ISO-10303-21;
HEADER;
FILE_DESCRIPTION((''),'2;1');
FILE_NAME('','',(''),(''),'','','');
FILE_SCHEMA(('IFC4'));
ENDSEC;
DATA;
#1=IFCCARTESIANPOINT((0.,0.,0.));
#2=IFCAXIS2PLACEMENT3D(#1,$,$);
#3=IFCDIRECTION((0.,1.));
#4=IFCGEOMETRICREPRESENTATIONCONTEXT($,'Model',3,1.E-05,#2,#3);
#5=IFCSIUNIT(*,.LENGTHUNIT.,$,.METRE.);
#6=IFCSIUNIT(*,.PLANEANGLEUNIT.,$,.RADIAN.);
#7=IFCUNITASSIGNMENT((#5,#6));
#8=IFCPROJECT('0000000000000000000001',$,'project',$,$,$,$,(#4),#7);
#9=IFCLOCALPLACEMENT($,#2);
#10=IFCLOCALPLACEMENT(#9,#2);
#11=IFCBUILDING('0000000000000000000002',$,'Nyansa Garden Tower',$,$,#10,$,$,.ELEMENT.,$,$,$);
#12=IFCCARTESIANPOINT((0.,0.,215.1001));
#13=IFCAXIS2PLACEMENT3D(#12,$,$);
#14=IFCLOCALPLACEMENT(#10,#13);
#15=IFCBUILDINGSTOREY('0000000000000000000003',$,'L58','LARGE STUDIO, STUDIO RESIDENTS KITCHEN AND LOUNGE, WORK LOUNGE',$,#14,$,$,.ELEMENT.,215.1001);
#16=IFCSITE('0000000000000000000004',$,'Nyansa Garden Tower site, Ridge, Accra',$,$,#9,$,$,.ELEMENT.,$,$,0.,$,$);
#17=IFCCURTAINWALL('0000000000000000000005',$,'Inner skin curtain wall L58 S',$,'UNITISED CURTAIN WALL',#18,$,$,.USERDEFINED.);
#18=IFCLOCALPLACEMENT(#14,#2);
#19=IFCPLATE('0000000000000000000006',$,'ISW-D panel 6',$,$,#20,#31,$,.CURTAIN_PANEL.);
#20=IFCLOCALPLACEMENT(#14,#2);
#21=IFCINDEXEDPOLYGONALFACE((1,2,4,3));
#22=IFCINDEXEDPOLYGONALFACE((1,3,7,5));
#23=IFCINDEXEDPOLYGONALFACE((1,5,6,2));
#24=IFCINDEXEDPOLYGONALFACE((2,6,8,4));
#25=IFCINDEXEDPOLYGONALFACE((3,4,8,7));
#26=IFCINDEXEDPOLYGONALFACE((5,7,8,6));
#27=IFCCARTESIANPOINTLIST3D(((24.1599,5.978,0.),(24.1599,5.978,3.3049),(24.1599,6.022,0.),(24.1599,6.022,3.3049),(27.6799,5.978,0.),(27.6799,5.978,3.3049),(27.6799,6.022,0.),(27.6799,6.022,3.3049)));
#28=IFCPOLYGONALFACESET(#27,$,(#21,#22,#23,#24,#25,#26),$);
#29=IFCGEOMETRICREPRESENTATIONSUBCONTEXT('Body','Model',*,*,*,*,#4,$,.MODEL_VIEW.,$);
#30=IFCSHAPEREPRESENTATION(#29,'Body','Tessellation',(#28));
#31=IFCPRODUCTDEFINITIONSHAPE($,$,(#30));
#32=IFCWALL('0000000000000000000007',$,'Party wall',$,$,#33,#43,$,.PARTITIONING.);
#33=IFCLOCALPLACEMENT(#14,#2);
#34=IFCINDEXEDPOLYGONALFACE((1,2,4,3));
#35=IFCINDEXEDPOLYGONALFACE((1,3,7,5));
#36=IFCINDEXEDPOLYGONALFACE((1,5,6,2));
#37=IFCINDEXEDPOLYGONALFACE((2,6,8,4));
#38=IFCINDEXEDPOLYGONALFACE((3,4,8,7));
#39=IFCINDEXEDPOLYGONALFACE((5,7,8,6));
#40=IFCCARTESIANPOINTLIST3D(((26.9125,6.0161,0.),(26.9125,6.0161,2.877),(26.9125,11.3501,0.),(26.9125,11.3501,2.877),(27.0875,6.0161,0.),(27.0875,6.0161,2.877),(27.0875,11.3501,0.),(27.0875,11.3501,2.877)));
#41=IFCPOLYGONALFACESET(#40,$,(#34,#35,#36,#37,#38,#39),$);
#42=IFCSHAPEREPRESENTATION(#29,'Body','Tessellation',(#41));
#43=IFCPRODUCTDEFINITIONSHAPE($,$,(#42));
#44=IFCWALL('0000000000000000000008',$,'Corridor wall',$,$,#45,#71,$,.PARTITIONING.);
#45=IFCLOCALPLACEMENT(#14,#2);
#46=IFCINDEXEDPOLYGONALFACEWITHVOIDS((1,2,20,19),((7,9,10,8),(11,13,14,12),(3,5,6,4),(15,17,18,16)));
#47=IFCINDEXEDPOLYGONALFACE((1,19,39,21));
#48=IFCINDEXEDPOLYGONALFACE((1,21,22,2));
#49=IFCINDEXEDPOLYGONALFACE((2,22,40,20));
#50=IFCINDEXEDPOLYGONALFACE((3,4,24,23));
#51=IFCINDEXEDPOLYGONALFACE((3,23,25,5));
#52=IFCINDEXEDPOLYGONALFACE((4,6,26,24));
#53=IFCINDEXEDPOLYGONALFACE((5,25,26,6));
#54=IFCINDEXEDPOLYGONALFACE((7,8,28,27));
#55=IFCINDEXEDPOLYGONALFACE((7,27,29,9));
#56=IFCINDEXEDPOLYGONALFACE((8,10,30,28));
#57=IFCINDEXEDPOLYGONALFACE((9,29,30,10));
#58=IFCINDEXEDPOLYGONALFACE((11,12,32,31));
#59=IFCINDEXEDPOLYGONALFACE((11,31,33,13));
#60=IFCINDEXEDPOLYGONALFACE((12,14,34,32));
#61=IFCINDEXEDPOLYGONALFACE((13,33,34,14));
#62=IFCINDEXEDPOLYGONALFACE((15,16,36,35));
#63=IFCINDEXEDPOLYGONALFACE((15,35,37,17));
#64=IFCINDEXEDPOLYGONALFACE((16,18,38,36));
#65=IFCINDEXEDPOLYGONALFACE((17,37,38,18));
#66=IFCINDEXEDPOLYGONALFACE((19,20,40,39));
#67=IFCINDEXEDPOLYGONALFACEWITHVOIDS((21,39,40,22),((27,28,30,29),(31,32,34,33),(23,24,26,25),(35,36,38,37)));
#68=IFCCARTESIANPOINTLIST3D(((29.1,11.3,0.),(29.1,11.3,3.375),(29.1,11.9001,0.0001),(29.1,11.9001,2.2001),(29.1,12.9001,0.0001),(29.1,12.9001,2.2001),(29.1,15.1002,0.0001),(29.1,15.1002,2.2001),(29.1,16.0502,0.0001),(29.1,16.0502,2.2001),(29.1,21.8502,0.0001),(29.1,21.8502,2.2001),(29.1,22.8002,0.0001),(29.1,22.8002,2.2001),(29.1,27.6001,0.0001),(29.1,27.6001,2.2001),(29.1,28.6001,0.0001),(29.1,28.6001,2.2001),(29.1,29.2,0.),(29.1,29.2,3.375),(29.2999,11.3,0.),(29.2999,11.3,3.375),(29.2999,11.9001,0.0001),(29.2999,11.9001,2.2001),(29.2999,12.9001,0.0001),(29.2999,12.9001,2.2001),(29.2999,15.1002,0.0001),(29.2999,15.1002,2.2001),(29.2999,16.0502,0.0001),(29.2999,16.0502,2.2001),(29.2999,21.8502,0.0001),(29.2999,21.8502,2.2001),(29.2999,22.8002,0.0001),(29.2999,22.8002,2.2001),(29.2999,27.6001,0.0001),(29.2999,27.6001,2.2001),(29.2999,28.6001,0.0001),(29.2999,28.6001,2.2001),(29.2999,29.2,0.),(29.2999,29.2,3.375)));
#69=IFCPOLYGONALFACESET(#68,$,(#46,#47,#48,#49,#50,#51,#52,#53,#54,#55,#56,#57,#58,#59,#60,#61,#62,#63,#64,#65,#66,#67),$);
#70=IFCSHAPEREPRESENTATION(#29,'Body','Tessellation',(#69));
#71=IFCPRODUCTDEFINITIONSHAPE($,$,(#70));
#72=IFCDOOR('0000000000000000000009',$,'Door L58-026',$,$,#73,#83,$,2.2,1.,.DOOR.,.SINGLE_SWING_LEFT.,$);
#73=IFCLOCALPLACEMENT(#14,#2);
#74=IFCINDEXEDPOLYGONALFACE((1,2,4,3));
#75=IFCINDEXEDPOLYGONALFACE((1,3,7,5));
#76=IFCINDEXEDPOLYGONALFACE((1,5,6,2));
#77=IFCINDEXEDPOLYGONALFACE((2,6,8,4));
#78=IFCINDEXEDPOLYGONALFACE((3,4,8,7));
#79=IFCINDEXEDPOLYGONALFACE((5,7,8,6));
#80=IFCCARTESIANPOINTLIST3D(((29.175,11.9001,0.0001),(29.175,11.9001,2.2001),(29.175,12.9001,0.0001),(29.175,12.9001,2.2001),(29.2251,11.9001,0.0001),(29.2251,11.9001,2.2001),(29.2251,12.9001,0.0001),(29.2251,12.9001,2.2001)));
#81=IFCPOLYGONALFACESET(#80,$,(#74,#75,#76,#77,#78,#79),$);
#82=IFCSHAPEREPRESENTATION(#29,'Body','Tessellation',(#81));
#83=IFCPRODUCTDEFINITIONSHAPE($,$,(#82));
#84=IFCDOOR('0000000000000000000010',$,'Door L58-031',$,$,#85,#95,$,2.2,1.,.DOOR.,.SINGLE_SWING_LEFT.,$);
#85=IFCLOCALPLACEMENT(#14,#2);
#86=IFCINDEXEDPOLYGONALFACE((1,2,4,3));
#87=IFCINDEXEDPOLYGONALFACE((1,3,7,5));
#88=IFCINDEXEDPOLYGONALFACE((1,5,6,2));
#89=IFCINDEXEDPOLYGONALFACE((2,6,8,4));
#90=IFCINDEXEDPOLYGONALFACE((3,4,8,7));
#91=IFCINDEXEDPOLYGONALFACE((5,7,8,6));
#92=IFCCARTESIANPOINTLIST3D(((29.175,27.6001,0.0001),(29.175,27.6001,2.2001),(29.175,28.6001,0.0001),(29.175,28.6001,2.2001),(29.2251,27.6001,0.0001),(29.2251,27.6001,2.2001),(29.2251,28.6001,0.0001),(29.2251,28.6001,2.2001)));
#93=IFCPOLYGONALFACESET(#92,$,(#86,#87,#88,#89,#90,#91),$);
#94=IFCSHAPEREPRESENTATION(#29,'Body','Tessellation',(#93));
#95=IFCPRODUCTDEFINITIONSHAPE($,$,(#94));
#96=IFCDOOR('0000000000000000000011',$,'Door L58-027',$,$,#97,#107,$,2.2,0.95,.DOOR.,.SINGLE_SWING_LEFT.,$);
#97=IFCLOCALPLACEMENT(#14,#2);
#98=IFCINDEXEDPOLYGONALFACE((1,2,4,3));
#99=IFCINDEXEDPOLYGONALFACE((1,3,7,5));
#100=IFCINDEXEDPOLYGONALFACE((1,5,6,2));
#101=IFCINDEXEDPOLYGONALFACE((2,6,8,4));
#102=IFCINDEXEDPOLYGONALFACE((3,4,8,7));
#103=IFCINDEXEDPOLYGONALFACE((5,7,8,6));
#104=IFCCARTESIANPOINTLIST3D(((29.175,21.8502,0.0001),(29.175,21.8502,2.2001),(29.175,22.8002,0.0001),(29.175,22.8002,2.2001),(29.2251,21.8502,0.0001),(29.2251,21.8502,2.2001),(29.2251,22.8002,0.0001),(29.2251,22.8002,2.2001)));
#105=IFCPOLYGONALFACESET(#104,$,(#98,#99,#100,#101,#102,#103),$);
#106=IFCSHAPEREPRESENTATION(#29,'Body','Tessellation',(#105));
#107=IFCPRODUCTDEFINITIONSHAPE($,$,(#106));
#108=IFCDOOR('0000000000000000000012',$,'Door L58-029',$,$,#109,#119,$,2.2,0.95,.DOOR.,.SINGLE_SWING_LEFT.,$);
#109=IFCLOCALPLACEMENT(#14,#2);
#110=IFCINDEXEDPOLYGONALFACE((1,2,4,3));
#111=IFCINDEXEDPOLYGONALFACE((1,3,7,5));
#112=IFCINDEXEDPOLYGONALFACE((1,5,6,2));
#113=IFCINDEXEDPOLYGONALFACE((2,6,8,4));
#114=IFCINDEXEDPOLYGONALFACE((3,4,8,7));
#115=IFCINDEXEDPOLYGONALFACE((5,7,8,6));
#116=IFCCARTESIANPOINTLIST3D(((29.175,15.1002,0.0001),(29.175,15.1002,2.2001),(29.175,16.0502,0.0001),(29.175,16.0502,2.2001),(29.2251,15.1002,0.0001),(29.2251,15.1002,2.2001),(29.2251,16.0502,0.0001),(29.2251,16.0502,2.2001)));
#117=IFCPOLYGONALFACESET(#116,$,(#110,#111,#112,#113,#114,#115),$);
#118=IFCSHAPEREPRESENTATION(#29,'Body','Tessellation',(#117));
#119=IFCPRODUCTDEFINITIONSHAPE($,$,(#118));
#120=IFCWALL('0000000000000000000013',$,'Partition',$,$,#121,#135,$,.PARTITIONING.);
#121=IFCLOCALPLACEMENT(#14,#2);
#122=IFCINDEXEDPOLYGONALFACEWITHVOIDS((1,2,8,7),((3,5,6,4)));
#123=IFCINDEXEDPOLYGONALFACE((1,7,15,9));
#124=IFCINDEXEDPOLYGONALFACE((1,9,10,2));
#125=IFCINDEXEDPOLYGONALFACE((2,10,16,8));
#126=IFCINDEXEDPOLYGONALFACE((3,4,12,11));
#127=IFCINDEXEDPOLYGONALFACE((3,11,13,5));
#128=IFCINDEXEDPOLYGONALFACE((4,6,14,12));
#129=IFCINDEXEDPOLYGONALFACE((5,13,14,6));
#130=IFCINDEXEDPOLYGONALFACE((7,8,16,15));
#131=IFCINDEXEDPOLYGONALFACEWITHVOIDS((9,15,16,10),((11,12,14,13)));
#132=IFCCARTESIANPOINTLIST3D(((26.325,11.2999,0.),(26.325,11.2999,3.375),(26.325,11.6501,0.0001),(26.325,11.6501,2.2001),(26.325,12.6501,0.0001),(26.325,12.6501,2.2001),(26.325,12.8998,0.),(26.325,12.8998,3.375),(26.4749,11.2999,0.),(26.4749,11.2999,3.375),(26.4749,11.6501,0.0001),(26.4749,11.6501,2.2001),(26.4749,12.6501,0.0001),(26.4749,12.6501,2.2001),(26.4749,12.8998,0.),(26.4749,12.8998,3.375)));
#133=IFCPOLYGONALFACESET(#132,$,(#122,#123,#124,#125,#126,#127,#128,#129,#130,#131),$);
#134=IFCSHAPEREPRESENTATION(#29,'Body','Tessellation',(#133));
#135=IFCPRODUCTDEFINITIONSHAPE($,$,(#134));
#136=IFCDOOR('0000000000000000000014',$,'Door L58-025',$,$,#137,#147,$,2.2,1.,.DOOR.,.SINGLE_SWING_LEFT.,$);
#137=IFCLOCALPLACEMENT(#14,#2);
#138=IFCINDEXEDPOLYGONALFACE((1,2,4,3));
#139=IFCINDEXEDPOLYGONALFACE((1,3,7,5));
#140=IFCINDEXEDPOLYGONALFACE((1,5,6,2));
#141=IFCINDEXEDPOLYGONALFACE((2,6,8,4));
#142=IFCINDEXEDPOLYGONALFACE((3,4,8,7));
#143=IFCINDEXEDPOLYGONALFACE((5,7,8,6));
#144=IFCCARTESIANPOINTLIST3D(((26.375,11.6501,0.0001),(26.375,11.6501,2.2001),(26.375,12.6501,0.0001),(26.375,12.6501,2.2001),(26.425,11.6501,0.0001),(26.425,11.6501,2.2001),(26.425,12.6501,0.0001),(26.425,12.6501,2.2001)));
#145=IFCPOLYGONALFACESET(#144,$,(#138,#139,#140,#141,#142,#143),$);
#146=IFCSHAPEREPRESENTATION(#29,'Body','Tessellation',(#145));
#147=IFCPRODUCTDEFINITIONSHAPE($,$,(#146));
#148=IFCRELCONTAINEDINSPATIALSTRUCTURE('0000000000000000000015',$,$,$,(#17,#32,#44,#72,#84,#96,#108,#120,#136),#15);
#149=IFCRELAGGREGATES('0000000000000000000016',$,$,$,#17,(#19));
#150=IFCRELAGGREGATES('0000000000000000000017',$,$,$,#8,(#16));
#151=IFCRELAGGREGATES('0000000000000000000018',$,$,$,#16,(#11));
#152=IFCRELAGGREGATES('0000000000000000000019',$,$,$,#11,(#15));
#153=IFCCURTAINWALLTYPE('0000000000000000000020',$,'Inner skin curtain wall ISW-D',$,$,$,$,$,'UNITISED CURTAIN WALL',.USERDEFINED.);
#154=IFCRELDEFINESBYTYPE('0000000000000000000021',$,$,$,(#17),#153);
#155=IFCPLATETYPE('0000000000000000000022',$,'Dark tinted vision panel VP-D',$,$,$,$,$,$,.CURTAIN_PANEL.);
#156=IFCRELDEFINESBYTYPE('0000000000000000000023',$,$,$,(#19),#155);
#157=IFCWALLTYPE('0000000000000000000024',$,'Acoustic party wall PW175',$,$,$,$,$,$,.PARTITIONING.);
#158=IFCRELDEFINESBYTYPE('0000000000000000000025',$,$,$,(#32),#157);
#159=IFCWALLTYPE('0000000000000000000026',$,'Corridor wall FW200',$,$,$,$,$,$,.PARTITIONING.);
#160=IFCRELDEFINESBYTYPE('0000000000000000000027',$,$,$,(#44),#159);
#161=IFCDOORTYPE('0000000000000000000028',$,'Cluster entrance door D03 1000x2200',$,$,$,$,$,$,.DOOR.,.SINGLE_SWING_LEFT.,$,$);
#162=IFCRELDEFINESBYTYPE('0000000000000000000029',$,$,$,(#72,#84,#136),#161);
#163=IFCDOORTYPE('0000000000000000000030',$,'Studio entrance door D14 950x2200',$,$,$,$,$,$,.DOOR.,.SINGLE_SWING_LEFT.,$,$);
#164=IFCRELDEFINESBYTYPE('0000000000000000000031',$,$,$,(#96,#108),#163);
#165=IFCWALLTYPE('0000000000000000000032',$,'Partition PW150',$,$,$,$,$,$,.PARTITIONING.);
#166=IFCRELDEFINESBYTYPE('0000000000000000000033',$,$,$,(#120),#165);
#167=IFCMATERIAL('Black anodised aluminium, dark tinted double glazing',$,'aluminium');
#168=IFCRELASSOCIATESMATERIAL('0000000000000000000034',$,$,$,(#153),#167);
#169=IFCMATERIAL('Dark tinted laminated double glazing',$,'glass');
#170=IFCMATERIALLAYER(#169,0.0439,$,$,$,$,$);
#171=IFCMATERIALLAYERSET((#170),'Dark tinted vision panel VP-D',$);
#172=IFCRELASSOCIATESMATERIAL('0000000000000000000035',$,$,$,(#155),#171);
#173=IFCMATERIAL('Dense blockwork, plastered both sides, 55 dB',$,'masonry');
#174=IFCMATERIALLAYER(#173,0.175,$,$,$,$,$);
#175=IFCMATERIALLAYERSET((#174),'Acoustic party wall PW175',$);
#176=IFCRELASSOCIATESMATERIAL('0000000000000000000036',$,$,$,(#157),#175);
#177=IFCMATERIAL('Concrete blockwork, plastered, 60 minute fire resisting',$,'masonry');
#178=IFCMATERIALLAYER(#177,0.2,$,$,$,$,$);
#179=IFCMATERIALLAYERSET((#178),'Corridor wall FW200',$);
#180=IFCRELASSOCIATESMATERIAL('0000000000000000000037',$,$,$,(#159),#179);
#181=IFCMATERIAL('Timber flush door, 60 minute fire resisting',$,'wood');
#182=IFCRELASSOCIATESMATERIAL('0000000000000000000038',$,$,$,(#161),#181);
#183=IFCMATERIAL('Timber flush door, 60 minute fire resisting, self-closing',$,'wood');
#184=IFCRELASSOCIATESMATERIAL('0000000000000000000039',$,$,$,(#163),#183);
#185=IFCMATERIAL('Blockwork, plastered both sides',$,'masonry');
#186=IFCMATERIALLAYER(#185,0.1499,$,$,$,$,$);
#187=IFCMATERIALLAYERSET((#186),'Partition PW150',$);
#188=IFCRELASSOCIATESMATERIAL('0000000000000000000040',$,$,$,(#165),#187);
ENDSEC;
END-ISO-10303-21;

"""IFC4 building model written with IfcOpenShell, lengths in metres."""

from ifc_helpers import new_model, si_unit, direction, frame, frame_2d, origin, origin_2d, place, context, subcontext, project, spatial, rectangle, extrude, material, layer, layer_set, type_object, element, fill, aggregate, save


model = new_model("IFC4")

# Units and contexts
model_context = context("Model", 3, precision=1e-05, world=origin(), true_north=direction((0.0, 1.0)))
body_context = subcontext(model_context, "Body", "Model", "MODEL_VIEW")
ifc_project = project(units=[si_unit("LENGTHUNIT", "METRE"), si_unit("PLANEANGLEUNIT", "RADIAN")], contexts=[model_context])

# Site, building, storey
site_placement = place(None, origin())
site = spatial("IfcSite", under=ifc_project, at=site_placement, Name="Nyansa Garden Tower site, Ridge, Accra", CompositionType="ELEMENT", RefElevation=0.0)
building_placement = place(site_placement, origin())
building = spatial("IfcBuilding", under=site, at=building_placement, Name="Nyansa Garden Tower", CompositionType="ELEMENT")
storey_placement = place(building_placement, frame((0.0, 0.0, 215.1001)))
storey = spatial("IfcBuildingStorey", under=building, at=storey_placement, Name="L58", Description="LARGE STUDIO, STUDIO RESIDENTS KITCHEN AND LOUNGE, WORK LOUNGE", CompositionType="ELEMENT", Elevation=215.1001)

# Curtain wall
ifc_material_1 = material(Name="Black anodised aluminium, dark tinted double glazing", Category="aluminium")
curtain_wall_type = type_object("IfcCurtainWallType", Name="Inner skin curtain wall ISW-D", ElementType="UNITISED CURTAIN WALL", PredefinedType="USERDEFINED", material=ifc_material_1)
curtain_wall_placement = place(storey_placement, origin())
curtain_wall = element("IfcCurtainWall", 1, at=curtain_wall_placement, inside=storey, type_object=curtain_wall_type, Name="Inner skin curtain wall L58 S", ObjectType="UNITISED CURTAIN WALL", PredefinedType="USERDEFINED")

# Plate
ifc_material_2 = material(Name="Dark tinted laminated double glazing", Category="glass")
ifc_layer_1 = layer(ifc_material_2, 0.0439)
ifc_layer_set_1 = layer_set([ifc_layer_1], Name="Dark tinted vision panel VP-D")
plate_type = type_object("IfcPlateType", Name="Dark tinted vision panel VP-D", PredefinedType="CURTAIN_PANEL", material=ifc_layer_set_1)
plate_placement = place(storey_placement, frame((25.9199, 6.0, 0.0), z_axis=(0.0, 0.0, 1.0), x_axis=(1.0, 0.0, 0.0)))
plate = element("IfcPlate", 2, at=plate_placement, type_object=plate_type, Name="ISW-D panel 6", PredefinedType="CURTAIN_PANEL", context=body_context, shape_type="SweptSolid", body=[
    extrude(rectangle(XDim=3.52, YDim=0.0439, at=origin_2d()), origin(), (0.0, 0.0, 1.0), 3.3049),
])
aggregate(curtain_wall, [plate])

# Wall
ifc_material_3 = material(Name="Dense blockwork, plastered both sides, 55 dB", Category="masonry")
ifc_layer_2 = layer(ifc_material_3, 0.175)
ifc_layer_set_2 = layer_set([ifc_layer_2], Name="Acoustic party wall PW175")
wall_type_1 = type_object("IfcWallType", Name="Acoustic party wall PW175", PredefinedType="PARTITIONING", material=ifc_layer_set_2)
wall_1_placement = place(storey_placement, frame((27.0, 6.0161, 0.0), z_axis=(0.0, 0.0, 1.0), x_axis=(0.0, 1.0, 0.0)))
element("IfcWall", 3, at=wall_1_placement, inside=storey, type_object=wall_type_1, Name="Party wall", PredefinedType="PARTITIONING", context=body_context, shape_type="SweptSolid", body=[
    extrude(rectangle(XDim=5.334, YDim=0.175, at=frame_2d((2.667, 0.0))), origin(), (0.0, 0.0, 1.0), 2.877),
])

# Wall, openings, doors
ifc_material_4 = material(Name="Concrete blockwork, plastered, 60 minute fire resisting", Category="masonry")
ifc_layer_3 = layer(ifc_material_4, 0.2)
ifc_layer_set_3 = layer_set([ifc_layer_3], Name="Corridor wall FW200")
wall_type_2 = type_object("IfcWallType", Name="Corridor wall FW200", PredefinedType="PARTITIONING", material=ifc_layer_set_3)
wall_2_placement = place(storey_placement, frame((29.2, 11.3, 0.0), z_axis=(0.0, 0.0, 1.0), x_axis=(0.0, 1.0, 0.0)))
wall_2 = element("IfcWall", 4, at=wall_2_placement, inside=storey, type_object=wall_type_2, Name="Corridor wall", PredefinedType="PARTITIONING", context=body_context, shape_type="SweptSolid", body=[
    extrude(rectangle(XDim=17.8999, YDim=0.2, at=frame_2d((8.95, 0.0))), origin(), (0.0, 0.0, 1.0), 3.375),
])
opening_1_placement = place(wall_2_placement, frame((0.6001, 0.0, 0.0)))
opening_1 = element("IfcOpeningElement", 5, at=opening_1_placement, cuts=wall_2, PredefinedType="OPENING", context=body_context, shape_type="SweptSolid", body=[
    extrude(rectangle(XDim=1.0, YDim=2.2, at=frame_2d((0.5, 1.1001))), frame((0.0, 0.1099, 0.0), z_axis=(0.0, -1.0, 0.0), x_axis=(1.0, 0.0, 0.0)), (0.0, 0.0, 1.0), 0.22),
])
opening_2_placement = place(wall_2_placement, frame((10.55, 0.0, 0.0)))
opening_2 = element("IfcOpeningElement", 6, at=opening_2_placement, cuts=wall_2, PredefinedType="OPENING", context=body_context, shape_type="SweptSolid", body=[
    extrude(rectangle(XDim=0.95, YDim=2.2, at=frame_2d((0.4751, 1.1001))), frame((0.0, 0.1099, 0.0), z_axis=(0.0, -1.0, 0.0), x_axis=(1.0, 0.0, 0.0)), (0.0, 0.0, 1.0), 0.22),
])
opening_3_placement = place(wall_2_placement, frame((3.8, 0.0, 0.0)))
opening_3 = element("IfcOpeningElement", 7, at=opening_3_placement, cuts=wall_2, PredefinedType="OPENING", context=body_context, shape_type="SweptSolid", body=[
    extrude(rectangle(XDim=0.95, YDim=2.2, at=frame_2d((0.4751, 1.1001))), frame((0.0, 0.1099, 0.0), z_axis=(0.0, -1.0, 0.0), x_axis=(1.0, 0.0, 0.0)), (0.0, 0.0, 1.0), 0.22),
])
opening_4_placement = place(wall_2_placement, frame((16.3, 0.0, 0.0)))
opening_4 = element("IfcOpeningElement", 8, at=opening_4_placement, cuts=wall_2, PredefinedType="OPENING", context=body_context, shape_type="SweptSolid", body=[
    extrude(rectangle(XDim=1.0, YDim=2.2, at=frame_2d((0.5, 1.1001))), frame((0.0, 0.1099, 0.0), z_axis=(0.0, -1.0, 0.0), x_axis=(1.0, 0.0, 0.0)), (0.0, 0.0, 1.0), 0.22),
])
ifc_material_5 = material(Name="Timber flush door, 60 minute fire resisting", Category="wood")
door_type_1 = type_object("IfcDoorType", Name="Cluster entrance door D03 1000x2200", OperationType="SINGLE_SWING_LEFT", PredefinedType="DOOR", material=ifc_material_5)
door_1_placement = place(opening_1_placement, origin())
door_1 = element("IfcDoor", 9, at=door_1_placement, inside=storey, type_object=door_type_1, Name="Door L58-026", OperationType="SINGLE_SWING_LEFT", OverallHeight=2.2, OverallWidth=1.0, PredefinedType="DOOR", context=body_context, shape_type="SweptSolid", body=[
    extrude(rectangle(XDim=1.0, YDim=2.2, at=frame_2d((0.5, 1.1001))), frame((0.0, 0.0249, 0.0), z_axis=(0.0, -1.0, 0.0), x_axis=(1.0, 0.0, 0.0)), (0.0, 0.0, 1.0), 0.05),
])
fill(opening_1, door_1)
door_2_placement = place(opening_4_placement, origin())
door_2 = element("IfcDoor", 10, at=door_2_placement, inside=storey, type_object=door_type_1, Name="Door L58-031", OperationType="SINGLE_SWING_LEFT", OverallHeight=2.2, OverallWidth=1.0, PredefinedType="DOOR", context=body_context, shape_type="SweptSolid", body=[
    extrude(rectangle(XDim=1.0, YDim=2.2, at=frame_2d((0.5, 1.1001))), frame((0.0, 0.0249, 0.0), z_axis=(0.0, -1.0, 0.0), x_axis=(1.0, 0.0, 0.0)), (0.0, 0.0, 1.0), 0.05),
])
fill(opening_4, door_2)
ifc_material_6 = material(Name="Timber flush door, 60 minute fire resisting, self-closing", Category="wood")
door_type_2 = type_object("IfcDoorType", Name="Studio entrance door D14 950x2200", OperationType="SINGLE_SWING_LEFT", PredefinedType="DOOR", material=ifc_material_6)
door_3_placement = place(opening_2_placement, origin())
door_3 = element("IfcDoor", 11, at=door_3_placement, inside=storey, type_object=door_type_2, Name="Door L58-027", OperationType="SINGLE_SWING_LEFT", OverallHeight=2.2, OverallWidth=0.95, PredefinedType="DOOR", context=body_context, shape_type="SweptSolid", body=[
    extrude(rectangle(XDim=0.95, YDim=2.2, at=frame_2d((0.4751, 1.1001))), frame((0.0, 0.0249, 0.0), z_axis=(0.0, -1.0, 0.0), x_axis=(1.0, 0.0, 0.0)), (0.0, 0.0, 1.0), 0.05),
])
fill(opening_2, door_3)
door_4_placement = place(opening_3_placement, origin())
door_4 = element("IfcDoor", 12, at=door_4_placement, inside=storey, type_object=door_type_2, Name="Door L58-029", OperationType="SINGLE_SWING_LEFT", OverallHeight=2.2, OverallWidth=0.95, PredefinedType="DOOR", context=body_context, shape_type="SweptSolid", body=[
    extrude(rectangle(XDim=0.95, YDim=2.2, at=frame_2d((0.4751, 1.1001))), frame((0.0, 0.0249, 0.0), z_axis=(0.0, -1.0, 0.0), x_axis=(1.0, 0.0, 0.0)), (0.0, 0.0, 1.0), 0.05),
])
fill(opening_3, door_4)

# Wall, opening, door
ifc_material_7 = material(Name="Blockwork, plastered both sides", Category="masonry")
ifc_layer_4 = layer(ifc_material_7, 0.1499)
ifc_layer_set_4 = layer_set([ifc_layer_4], Name="Partition PW150")
wall_type_3 = type_object("IfcWallType", Name="Partition PW150", PredefinedType="PARTITIONING", material=ifc_layer_set_4)
wall_3_placement = place(storey_placement, frame((26.3999, 11.3, 0.0), z_axis=(0.0, 0.0, 1.0), x_axis=(0.0, 1.0, 0.0)))
wall_3 = element("IfcWall", 13, at=wall_3_placement, inside=storey, type_object=wall_type_3, Name="Partition", PredefinedType="PARTITIONING", context=body_context, shape_type="SweptSolid", body=[
    extrude(rectangle(XDim=1.5999, YDim=0.1499, at=frame_2d((0.7998, 0.0))), origin(), (0.0, 0.0, 1.0), 3.375),
])
opening_5_placement = place(wall_3_placement, frame((0.3501, 0.0, 0.0)))
opening_5 = element("IfcOpeningElement", 14, at=opening_5_placement, cuts=wall_3, PredefinedType="OPENING", context=body_context, shape_type="SweptSolid", body=[
    extrude(rectangle(XDim=1.0, YDim=2.2, at=frame_2d((0.5, 1.1001))), frame((0.0, 0.085, 0.0), z_axis=(0.0, -1.0, 0.0), x_axis=(1.0, 0.0, 0.0)), (0.0, 0.0, 1.0), 0.1699),
])
door_5_placement = place(opening_5_placement, origin())
door_5 = element("IfcDoor", 15, at=door_5_placement, inside=storey, type_object=door_type_1, Name="Door L58-025", OperationType="SINGLE_SWING_LEFT", OverallHeight=2.2, OverallWidth=1.0, PredefinedType="DOOR", context=body_context, shape_type="SweptSolid", body=[
    extrude(rectangle(XDim=1.0, YDim=2.2, at=frame_2d((0.5, 1.1001))), frame((0.0, 0.0249, 0.0), z_axis=(0.0, -1.0, 0.0), x_axis=(1.0, 0.0, 0.0)), (0.0, 0.0, 1.0), 0.05),
])
fill(opening_5, door_5)

save(model, "model.ifc")
